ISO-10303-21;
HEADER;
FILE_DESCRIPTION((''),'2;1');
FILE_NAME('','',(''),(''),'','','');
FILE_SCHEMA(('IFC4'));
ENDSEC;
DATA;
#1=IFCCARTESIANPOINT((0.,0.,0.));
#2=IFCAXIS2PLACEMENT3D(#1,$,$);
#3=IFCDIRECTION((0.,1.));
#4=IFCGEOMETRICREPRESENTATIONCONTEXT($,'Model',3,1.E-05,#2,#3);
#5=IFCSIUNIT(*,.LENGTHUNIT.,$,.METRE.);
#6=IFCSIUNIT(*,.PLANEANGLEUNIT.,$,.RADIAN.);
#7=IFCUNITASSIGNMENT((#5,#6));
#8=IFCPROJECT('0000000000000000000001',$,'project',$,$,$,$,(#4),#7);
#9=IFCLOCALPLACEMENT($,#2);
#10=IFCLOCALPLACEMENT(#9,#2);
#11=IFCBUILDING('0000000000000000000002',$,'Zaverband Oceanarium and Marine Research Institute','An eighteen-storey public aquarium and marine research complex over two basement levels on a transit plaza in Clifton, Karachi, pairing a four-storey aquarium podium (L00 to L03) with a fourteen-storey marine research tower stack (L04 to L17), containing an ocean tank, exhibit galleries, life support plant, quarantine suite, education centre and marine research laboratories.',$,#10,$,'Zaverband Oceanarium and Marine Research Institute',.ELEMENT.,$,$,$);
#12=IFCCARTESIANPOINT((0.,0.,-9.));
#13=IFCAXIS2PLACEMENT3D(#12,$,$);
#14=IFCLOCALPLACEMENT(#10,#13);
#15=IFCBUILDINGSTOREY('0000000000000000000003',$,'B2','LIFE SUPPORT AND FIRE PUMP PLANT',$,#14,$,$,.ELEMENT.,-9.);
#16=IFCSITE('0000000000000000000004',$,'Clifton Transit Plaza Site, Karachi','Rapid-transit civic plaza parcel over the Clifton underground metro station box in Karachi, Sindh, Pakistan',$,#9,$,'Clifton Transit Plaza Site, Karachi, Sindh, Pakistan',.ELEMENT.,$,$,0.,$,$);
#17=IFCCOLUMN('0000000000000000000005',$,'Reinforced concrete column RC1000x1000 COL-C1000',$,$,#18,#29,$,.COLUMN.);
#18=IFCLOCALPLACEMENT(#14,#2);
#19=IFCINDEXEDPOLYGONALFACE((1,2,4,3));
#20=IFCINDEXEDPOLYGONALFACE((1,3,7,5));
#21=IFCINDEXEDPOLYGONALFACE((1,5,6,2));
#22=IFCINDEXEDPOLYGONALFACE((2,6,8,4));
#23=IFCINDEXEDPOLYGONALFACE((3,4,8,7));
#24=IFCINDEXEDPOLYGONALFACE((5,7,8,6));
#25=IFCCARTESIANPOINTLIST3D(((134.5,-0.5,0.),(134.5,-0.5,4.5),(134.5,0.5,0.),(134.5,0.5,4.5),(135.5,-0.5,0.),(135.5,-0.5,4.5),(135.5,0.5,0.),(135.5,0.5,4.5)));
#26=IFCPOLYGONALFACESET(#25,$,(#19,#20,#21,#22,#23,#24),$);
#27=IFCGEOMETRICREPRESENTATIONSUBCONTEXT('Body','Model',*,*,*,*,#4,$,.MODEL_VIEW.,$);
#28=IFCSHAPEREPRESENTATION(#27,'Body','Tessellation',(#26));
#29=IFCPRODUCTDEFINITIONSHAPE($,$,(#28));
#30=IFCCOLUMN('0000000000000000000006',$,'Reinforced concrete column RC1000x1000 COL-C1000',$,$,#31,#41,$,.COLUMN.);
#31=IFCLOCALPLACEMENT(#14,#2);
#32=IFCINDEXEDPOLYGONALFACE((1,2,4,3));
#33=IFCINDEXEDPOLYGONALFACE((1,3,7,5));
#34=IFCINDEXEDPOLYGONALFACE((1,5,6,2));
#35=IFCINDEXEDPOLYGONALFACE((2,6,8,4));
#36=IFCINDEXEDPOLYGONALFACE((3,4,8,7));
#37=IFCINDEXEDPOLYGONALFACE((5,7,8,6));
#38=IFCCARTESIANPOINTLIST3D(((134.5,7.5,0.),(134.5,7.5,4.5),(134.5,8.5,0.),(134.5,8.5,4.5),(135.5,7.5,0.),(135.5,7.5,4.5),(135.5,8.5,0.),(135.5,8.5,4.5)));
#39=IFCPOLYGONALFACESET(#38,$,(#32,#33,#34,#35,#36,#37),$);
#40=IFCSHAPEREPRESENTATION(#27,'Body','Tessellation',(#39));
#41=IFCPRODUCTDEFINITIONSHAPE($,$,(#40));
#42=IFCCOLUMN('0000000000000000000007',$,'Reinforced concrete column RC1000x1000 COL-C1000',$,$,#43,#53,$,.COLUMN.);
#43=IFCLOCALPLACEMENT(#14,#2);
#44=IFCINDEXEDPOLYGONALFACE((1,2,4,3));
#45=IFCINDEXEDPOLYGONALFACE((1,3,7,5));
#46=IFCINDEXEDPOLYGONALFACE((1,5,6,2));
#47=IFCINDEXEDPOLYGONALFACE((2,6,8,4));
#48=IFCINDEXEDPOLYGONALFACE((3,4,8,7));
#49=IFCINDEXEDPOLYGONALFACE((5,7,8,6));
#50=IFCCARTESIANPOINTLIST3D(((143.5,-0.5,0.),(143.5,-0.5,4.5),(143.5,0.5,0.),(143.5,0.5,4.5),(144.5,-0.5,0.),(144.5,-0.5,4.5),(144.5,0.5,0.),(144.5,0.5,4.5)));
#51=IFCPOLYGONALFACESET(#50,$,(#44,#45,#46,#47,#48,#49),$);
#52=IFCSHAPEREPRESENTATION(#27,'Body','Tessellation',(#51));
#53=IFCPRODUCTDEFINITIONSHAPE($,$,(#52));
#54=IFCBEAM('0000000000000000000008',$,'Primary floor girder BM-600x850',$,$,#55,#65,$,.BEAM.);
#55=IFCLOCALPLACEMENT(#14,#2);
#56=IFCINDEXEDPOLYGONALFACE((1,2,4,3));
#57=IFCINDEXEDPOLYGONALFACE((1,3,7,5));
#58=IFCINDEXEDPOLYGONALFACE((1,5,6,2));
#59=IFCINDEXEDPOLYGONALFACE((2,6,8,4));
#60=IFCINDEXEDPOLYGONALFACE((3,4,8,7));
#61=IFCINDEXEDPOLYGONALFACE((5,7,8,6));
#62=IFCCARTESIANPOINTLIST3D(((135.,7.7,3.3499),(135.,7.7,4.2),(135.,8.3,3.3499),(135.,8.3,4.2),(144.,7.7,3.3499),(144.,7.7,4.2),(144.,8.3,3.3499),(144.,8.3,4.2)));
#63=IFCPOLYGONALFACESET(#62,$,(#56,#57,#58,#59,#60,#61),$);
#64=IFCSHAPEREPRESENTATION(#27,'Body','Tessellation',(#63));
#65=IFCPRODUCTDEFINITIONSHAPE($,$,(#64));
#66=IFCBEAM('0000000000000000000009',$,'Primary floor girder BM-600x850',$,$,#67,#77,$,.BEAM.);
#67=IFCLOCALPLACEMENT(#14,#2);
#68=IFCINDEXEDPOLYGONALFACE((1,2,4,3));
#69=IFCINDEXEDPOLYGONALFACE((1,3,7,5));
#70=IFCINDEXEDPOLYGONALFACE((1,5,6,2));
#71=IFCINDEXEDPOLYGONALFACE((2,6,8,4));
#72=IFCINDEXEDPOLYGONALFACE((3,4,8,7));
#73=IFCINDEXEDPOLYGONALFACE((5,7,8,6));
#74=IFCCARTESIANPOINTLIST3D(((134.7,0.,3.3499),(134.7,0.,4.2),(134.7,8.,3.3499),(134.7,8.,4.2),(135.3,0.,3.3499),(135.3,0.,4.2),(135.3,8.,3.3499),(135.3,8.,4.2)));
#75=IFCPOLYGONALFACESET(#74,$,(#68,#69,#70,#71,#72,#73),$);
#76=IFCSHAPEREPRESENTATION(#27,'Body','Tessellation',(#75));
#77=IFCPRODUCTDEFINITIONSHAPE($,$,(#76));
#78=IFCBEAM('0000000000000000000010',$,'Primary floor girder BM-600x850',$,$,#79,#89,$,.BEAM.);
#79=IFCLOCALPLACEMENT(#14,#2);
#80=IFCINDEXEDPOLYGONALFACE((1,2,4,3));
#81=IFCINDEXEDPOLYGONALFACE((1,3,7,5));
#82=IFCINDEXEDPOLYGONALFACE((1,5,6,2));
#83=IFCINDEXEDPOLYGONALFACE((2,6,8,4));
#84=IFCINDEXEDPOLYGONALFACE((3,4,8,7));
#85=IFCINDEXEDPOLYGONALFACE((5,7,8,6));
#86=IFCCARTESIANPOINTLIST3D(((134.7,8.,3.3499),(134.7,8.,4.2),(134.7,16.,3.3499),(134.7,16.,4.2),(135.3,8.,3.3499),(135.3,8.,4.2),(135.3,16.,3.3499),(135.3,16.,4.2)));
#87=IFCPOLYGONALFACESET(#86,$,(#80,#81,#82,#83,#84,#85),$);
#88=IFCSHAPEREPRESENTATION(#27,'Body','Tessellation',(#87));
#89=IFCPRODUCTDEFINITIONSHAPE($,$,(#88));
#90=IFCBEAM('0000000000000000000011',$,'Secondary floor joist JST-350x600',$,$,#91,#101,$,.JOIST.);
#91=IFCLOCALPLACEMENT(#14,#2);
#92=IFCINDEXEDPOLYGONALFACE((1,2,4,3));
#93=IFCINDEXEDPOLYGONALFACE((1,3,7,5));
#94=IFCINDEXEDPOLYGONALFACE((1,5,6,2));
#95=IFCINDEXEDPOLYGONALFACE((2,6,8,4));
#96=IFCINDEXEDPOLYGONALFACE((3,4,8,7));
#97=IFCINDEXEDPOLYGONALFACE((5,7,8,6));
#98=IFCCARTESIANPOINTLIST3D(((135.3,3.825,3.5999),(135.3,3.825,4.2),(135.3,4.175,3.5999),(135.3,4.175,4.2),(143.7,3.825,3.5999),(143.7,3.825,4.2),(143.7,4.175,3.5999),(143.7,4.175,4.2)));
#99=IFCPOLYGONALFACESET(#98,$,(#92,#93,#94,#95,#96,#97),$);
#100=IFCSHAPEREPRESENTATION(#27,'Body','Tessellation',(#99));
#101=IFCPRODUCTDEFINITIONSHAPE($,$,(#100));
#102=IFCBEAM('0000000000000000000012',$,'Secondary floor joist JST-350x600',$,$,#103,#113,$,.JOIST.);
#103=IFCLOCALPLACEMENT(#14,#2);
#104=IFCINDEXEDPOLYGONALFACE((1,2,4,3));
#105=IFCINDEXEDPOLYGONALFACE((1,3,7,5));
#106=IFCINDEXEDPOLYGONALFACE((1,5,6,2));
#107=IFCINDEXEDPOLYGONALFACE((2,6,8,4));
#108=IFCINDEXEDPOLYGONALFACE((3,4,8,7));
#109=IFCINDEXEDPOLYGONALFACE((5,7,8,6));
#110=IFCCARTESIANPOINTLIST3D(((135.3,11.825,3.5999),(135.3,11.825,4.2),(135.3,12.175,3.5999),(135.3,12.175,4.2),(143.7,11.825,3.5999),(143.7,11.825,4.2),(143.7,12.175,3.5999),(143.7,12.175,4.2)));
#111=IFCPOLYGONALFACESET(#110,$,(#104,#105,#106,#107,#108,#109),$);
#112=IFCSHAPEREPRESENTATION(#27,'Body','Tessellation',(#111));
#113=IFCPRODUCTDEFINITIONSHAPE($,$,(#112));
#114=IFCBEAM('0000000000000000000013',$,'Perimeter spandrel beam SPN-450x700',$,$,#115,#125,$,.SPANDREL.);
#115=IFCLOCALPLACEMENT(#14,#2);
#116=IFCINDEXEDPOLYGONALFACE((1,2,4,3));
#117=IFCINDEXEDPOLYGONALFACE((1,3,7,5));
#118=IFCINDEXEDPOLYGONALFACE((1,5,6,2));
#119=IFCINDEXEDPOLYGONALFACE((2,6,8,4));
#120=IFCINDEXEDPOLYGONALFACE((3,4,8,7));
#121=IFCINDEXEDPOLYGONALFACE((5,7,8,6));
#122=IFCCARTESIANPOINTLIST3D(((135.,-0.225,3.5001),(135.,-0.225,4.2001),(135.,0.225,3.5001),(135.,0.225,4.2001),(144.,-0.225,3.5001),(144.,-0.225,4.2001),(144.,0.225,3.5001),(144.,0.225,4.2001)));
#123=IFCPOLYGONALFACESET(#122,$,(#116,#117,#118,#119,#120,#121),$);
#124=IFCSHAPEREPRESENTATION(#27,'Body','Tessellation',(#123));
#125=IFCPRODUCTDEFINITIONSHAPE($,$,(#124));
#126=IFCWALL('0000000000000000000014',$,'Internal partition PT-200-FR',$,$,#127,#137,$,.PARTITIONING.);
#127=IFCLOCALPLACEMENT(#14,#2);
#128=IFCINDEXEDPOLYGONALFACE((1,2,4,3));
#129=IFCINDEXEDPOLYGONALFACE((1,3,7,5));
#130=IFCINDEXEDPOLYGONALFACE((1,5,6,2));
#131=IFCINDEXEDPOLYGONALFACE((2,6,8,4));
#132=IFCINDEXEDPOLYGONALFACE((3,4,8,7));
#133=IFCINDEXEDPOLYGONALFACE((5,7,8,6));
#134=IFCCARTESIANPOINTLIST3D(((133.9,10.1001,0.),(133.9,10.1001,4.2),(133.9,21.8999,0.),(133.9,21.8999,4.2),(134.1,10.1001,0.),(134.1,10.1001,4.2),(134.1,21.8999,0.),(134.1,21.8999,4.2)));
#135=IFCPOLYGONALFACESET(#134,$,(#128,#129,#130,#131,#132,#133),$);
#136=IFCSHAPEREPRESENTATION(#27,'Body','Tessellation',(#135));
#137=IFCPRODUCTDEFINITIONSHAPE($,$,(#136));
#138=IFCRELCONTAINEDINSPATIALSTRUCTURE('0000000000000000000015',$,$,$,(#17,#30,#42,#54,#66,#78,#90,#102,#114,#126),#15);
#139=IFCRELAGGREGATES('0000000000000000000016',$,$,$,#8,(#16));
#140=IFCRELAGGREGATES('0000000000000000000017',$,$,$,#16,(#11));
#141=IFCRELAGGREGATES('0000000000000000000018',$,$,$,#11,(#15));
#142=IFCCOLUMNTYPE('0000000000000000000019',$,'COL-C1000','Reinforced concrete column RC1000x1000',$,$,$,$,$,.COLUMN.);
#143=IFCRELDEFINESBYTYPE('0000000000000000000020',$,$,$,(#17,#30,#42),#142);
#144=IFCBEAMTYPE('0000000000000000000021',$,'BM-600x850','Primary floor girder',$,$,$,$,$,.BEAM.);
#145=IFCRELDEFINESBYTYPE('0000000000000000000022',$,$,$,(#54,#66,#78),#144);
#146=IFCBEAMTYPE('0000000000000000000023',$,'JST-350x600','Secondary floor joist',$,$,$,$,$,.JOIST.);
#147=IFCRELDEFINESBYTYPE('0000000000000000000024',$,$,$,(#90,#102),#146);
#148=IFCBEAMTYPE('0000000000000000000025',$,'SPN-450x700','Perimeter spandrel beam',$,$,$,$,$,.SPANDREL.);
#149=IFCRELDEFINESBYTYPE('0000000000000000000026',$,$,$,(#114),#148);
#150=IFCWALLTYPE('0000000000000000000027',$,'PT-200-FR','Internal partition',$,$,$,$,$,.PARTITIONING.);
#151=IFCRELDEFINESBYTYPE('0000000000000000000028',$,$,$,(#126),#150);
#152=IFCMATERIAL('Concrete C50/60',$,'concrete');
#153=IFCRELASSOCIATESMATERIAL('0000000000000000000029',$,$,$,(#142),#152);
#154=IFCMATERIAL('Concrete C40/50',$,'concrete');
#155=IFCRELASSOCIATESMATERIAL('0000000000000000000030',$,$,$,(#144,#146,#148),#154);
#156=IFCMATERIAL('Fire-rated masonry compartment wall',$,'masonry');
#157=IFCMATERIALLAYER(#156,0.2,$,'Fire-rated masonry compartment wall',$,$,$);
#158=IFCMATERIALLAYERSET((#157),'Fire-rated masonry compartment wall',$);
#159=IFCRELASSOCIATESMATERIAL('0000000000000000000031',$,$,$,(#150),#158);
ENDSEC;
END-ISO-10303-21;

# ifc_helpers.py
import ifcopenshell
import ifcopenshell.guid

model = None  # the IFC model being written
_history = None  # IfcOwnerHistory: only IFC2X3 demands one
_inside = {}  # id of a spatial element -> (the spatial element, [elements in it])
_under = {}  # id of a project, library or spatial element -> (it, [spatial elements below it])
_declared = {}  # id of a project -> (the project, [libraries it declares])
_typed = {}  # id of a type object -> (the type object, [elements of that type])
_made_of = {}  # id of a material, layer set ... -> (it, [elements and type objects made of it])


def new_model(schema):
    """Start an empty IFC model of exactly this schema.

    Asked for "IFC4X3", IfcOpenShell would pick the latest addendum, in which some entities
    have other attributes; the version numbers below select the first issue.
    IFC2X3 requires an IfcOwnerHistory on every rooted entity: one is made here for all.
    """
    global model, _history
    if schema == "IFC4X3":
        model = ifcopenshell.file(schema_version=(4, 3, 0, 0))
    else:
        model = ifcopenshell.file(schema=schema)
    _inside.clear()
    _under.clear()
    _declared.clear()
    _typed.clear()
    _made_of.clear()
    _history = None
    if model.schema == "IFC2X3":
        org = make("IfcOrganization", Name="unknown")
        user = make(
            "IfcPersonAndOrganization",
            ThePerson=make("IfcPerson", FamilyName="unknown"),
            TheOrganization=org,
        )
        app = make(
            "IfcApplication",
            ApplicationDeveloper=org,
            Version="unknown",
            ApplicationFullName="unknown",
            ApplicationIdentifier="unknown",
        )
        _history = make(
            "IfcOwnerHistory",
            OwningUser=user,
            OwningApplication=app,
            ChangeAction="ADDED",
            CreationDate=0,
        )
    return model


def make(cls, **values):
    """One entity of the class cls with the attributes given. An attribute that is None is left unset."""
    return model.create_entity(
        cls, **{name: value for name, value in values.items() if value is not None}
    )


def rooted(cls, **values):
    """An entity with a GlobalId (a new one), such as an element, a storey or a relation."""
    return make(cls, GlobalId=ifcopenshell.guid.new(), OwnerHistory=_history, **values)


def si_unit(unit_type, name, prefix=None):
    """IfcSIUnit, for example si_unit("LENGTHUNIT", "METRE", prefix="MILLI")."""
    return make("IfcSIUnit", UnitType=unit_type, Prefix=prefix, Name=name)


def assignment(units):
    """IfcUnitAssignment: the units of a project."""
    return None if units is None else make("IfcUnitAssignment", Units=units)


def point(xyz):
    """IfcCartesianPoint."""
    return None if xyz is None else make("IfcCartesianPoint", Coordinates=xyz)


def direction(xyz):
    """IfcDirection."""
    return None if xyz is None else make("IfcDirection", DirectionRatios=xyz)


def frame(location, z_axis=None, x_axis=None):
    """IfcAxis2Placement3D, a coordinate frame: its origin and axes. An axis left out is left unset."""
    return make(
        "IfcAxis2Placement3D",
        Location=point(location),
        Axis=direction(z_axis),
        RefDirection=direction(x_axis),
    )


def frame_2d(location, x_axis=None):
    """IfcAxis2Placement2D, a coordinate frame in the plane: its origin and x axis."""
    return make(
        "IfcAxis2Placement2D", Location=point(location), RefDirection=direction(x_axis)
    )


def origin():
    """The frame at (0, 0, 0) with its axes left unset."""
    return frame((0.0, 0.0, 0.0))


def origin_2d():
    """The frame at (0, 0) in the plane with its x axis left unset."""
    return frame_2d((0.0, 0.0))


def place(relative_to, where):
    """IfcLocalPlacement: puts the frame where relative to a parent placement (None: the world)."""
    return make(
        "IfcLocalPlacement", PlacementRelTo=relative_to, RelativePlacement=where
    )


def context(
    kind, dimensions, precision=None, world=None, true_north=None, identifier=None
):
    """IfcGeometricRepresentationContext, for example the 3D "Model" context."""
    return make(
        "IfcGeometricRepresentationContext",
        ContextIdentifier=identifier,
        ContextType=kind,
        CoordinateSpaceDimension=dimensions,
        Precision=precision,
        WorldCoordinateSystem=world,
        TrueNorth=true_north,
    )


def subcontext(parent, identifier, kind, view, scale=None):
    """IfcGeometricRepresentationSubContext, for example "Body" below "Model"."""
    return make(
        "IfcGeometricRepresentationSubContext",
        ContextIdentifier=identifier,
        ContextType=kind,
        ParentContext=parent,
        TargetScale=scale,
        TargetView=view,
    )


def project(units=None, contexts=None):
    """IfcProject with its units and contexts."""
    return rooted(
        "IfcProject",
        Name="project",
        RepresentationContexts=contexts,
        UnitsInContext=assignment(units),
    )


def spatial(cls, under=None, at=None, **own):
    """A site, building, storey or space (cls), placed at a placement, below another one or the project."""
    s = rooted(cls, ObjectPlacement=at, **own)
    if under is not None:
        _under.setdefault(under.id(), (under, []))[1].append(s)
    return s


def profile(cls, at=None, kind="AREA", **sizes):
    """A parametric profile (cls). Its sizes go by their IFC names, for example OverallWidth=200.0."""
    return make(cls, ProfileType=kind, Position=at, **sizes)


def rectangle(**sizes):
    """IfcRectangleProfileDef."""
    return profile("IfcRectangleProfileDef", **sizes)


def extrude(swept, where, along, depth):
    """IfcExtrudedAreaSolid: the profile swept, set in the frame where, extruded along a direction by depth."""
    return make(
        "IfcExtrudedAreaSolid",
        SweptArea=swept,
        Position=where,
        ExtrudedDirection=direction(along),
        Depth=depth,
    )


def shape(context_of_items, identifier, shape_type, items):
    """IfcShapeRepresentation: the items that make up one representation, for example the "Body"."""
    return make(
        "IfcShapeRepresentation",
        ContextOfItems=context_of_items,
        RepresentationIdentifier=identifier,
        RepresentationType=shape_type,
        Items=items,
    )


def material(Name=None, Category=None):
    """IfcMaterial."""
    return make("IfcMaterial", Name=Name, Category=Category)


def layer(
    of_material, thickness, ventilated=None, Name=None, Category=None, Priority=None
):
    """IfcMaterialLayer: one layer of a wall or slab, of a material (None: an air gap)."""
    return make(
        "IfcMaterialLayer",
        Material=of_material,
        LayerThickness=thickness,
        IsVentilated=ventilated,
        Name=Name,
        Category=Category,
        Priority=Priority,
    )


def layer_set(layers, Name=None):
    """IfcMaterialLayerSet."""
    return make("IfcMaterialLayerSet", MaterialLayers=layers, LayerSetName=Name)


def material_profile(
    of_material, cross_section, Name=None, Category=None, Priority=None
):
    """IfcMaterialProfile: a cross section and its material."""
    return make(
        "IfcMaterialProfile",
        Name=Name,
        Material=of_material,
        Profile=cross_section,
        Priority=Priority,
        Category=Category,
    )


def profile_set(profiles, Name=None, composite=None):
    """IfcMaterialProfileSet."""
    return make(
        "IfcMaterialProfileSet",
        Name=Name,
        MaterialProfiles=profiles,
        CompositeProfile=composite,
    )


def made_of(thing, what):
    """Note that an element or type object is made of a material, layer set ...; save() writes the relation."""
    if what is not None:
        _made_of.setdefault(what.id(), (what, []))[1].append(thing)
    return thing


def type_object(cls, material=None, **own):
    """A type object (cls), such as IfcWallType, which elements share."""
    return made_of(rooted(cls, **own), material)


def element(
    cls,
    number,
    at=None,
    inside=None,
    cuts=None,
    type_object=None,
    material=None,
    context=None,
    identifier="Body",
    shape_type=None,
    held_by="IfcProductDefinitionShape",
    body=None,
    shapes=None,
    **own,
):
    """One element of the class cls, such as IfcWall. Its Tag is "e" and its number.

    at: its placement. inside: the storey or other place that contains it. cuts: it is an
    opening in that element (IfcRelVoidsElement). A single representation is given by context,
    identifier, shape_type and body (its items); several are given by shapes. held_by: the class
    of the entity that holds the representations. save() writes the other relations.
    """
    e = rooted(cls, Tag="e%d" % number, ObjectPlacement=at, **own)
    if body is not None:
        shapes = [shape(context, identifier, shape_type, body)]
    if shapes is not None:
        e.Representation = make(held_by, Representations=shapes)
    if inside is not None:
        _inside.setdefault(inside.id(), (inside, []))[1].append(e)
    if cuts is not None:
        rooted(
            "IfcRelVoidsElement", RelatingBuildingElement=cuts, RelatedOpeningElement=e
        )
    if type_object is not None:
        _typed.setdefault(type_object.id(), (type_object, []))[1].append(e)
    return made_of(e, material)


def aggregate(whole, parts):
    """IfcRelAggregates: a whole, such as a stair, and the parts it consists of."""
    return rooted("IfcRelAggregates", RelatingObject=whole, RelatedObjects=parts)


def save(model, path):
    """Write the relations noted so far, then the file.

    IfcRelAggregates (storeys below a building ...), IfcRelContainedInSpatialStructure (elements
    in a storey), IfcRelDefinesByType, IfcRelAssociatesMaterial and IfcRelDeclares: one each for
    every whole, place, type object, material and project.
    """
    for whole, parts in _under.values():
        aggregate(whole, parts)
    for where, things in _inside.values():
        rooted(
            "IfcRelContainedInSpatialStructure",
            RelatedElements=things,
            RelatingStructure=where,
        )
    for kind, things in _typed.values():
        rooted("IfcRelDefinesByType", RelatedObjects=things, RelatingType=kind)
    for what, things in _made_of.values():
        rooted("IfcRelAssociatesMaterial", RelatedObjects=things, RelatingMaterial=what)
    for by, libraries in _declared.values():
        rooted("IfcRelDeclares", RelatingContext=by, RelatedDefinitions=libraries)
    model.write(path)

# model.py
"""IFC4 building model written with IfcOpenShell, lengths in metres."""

from ifc_helpers import new_model, si_unit, direction, frame, frame_2d, origin, origin_2d, place, context, subcontext, project, spatial, rectangle, extrude, material, layer, layer_set, material_profile, profile_set, type_object, element, save


model = new_model("IFC4")

# Units and contexts
model_context = context("Model", 3, precision=1e-05, world=origin(), true_north=direction((0.0, 1.0)))
body_context = subcontext(model_context, "Body", "Model", "MODEL_VIEW")
ifc_project = project(units=[si_unit("LENGTHUNIT", "METRE"), si_unit("PLANEANGLEUNIT", "RADIAN")], contexts=[model_context])

# Site, building, storey
site_placement = place(None, origin())
site = spatial("IfcSite", under=ifc_project, at=site_placement, Name="Clifton Transit Plaza Site, Karachi", Description="Rapid-transit civic plaza parcel over the Clifton underground metro station box in Karachi, Sindh, Pakistan", LongName="Clifton Transit Plaza Site, Karachi, Sindh, Pakistan", CompositionType="ELEMENT", RefElevation=0.0)
building_placement = place(site_placement, origin())
building = spatial("IfcBuilding", under=site, at=building_placement, Name="Zaverband Oceanarium and Marine Research Institute", Description="An eighteen-storey public aquarium and marine research complex over two basement levels on a transit plaza in Clifton, Karachi, pairing a four-storey aquarium podium (L00 to L03) with a fourteen-storey marine research tower stack (L04 to L17), containing an ocean tank, exhibit galleries, life support plant, quarantine suite, education centre and marine research laboratories.", LongName="Zaverband Oceanarium and Marine Research Institute", CompositionType="ELEMENT")
storey_placement = place(building_placement, frame((0.0, 0.0, -9.0)))
storey = spatial("IfcBuildingStorey", under=building, at=storey_placement, Name="B2", Description="LIFE SUPPORT AND FIRE PUMP PLANT", CompositionType="ELEMENT", Elevation=-9.0)

# Shared definitions
ifc_material_1 = material(Name="Concrete C50/60", Category="concrete")

# Columns
ifc_material_profile_1 = material_profile(ifc_material_1, rectangle(XDim=1.0, YDim=1.0, at=origin_2d()), Name="RC1000x1000")
ifc_profile_set_1 = profile_set([ifc_material_profile_1], Name="Concrete C50/60")
column_type = type_object("IfcColumnType", Name="COL-C1000", Description="Reinforced concrete column RC1000x1000", PredefinedType="COLUMN", material=ifc_profile_set_1)
for number, where, z_axis, x_axis, name in (
    (1, (135.0, 0.0, 0.0), (0.0, 0.0, 1.0), (1.0, 0.0, 0.0), "Reinforced concrete column RC1000x1000 COL-C1000"),
    (2, (135.0, 8.0, 0.0), (0.0, 0.0, 1.0), (1.0, 0.0, 0.0), "Reinforced concrete column RC1000x1000 COL-C1000"),
    (3, (144.0, 0.0, 0.0), (0.0, 0.0, 1.0), (1.0, 0.0, 0.0), "Reinforced concrete column RC1000x1000 COL-C1000"),
):
    element("IfcColumn", number, at=place(storey_placement, frame(where, z_axis=z_axis, x_axis=x_axis)), inside=storey, type_object=column_type, Name=name, PredefinedType="COLUMN", context=body_context, shape_type="SweptSolid", body=[
        extrude(rectangle(XDim=1.0, YDim=1.0, at=origin_2d()), origin(), (0.0, 0.0, 1.0), 4.5),
    ])

# Beams
ifc_material_2 = material(Name="Concrete C40/50", Category="concrete")
ifc_material_profile_2 = material_profile(ifc_material_2, rectangle(XDim=0.6001, YDim=0.8501, at=origin_2d()), Name="RC600x850")
ifc_profile_set_2 = profile_set([ifc_material_profile_2], Name="Concrete C40/50")
beam_type_1 = type_object("IfcBeamType", Name="BM-600x850", Description="Primary floor girder", PredefinedType="BEAM", material=ifc_profile_set_2)
beam_1_placement = place(storey_placement, frame((135.0, 8.0, 3.7749), z_axis=(1.0, 0.0, 0.0), x_axis=(0.0, 1.0, 0.0)))
element("IfcBeam", 4, at=beam_1_placement, inside=storey, type_object=beam_type_1, Name="Primary floor girder BM-600x850", PredefinedType="BEAM", context=body_context, shape_type="SweptSolid", body=[
    extrude(rectangle(XDim=0.6001, YDim=0.8501, at=origin_2d()), origin(), (0.0, 0.0, 1.0), 9.0),
])
for number, where, z_axis, x_axis, name in (
    (5, (135.0, 0.0, 3.7749), (0.0, 1.0, 0.0), (-1.0, 0.0, 0.0), "Primary floor girder BM-600x850"),
    (6, (135.0, 8.0, 3.7749), (0.0, 1.0, 0.0), (-1.0, 0.0, 0.0), "Primary floor girder BM-600x850"),
):
    element("IfcBeam", number, at=place(storey_placement, frame(where, z_axis=z_axis, x_axis=x_axis)), inside=storey, type_object=beam_type_1, Name=name, PredefinedType="BEAM", context=body_context, shape_type="SweptSolid", body=[
        extrude(rectangle(XDim=0.6001, YDim=0.8501, at=origin_2d()), origin(), (0.0, 0.0, 1.0), 8.0),
    ])
ifc_material_profile_3 = material_profile(ifc_material_2, rectangle(XDim=0.3501, YDim=0.6001, at=origin_2d()), Name="RC350x600")
ifc_profile_set_3 = profile_set([ifc_material_profile_3], Name="Concrete C40/50")
beam_type_2 = type_object("IfcBeamType", Name="JST-350x600", Description="Secondary floor joist", PredefinedType="JOIST", material=ifc_profile_set_3)
for number, where, z_axis, x_axis, name in (
    (7, (135.3, 4.0, 3.8999), (1.0, 0.0, 0.0), (0.0, 1.0, 0.0), "Secondary floor joist JST-350x600"),
    (8, (135.3, 12.0, 3.8999), (1.0, 0.0, 0.0), (0.0, 1.0, 0.0), "Secondary floor joist JST-350x600"),
):
    element("IfcBeam", number, at=place(storey_placement, frame(where, z_axis=z_axis, x_axis=x_axis)), inside=storey, type_object=beam_type_2, Name=name, PredefinedType="JOIST", context=body_context, shape_type="SweptSolid", body=[
        extrude(rectangle(XDim=0.3501, YDim=0.6001, at=origin_2d()), origin(), (0.0, 0.0, 1.0), 8.3999),
    ])
ifc_material_profile_4 = material_profile(ifc_material_2, rectangle(XDim=0.45, YDim=0.7, at=origin_2d()), Name="RC450x700")
ifc_profile_set_4 = profile_set([ifc_material_profile_4], Name="Concrete C40/50")
beam_type_3 = type_object("IfcBeamType", Name="SPN-450x700", Description="Perimeter spandrel beam", PredefinedType="SPANDREL", material=ifc_profile_set_4)
beam_2_placement = place(storey_placement, frame((135.0, 0.0, 3.8501), z_axis=(1.0, 0.0, 0.0), x_axis=(0.0, 1.0, 0.0)))
element("IfcBeam", 9, at=beam_2_placement, inside=storey, type_object=beam_type_3, Name="Perimeter spandrel beam SPN-450x700", PredefinedType="SPANDREL", context=body_context, shape_type="SweptSolid", body=[
    extrude(rectangle(XDim=0.45, YDim=0.7, at=origin_2d()), origin(), (0.0, 0.0, 1.0), 9.0),
])

# Wall
ifc_material_3 = material(Name="Fire-rated masonry compartment wall", Category="masonry")
ifc_layer_1 = layer(ifc_material_3, 0.2, Name="Fire-rated masonry compartment wall")
ifc_layer_set_1 = layer_set([ifc_layer_1], Name="Fire-rated masonry compartment wall")
wall_type = type_object("IfcWallType", Name="PT-200-FR", Description="Internal partition", PredefinedType="PARTITIONING", material=ifc_layer_set_1)
wall_placement = place(storey_placement, frame((134.0, 10.1001, 0.0), z_axis=(0.0, 0.0, 1.0), x_axis=(0.0, 1.0, 0.0)))
element("IfcWall", 10, at=wall_placement, inside=storey, type_object=wall_type, Name="Internal partition PT-200-FR", PredefinedType="PARTITIONING", context=body_context, shape_type="SweptSolid", body=[
    extrude(rectangle(XDim=11.7998, YDim=0.2, at=frame_2d((5.8999, 0.0))), origin(), (0.0, 0.0, 1.0), 4.2),
])

save(model, "model.ifc")
